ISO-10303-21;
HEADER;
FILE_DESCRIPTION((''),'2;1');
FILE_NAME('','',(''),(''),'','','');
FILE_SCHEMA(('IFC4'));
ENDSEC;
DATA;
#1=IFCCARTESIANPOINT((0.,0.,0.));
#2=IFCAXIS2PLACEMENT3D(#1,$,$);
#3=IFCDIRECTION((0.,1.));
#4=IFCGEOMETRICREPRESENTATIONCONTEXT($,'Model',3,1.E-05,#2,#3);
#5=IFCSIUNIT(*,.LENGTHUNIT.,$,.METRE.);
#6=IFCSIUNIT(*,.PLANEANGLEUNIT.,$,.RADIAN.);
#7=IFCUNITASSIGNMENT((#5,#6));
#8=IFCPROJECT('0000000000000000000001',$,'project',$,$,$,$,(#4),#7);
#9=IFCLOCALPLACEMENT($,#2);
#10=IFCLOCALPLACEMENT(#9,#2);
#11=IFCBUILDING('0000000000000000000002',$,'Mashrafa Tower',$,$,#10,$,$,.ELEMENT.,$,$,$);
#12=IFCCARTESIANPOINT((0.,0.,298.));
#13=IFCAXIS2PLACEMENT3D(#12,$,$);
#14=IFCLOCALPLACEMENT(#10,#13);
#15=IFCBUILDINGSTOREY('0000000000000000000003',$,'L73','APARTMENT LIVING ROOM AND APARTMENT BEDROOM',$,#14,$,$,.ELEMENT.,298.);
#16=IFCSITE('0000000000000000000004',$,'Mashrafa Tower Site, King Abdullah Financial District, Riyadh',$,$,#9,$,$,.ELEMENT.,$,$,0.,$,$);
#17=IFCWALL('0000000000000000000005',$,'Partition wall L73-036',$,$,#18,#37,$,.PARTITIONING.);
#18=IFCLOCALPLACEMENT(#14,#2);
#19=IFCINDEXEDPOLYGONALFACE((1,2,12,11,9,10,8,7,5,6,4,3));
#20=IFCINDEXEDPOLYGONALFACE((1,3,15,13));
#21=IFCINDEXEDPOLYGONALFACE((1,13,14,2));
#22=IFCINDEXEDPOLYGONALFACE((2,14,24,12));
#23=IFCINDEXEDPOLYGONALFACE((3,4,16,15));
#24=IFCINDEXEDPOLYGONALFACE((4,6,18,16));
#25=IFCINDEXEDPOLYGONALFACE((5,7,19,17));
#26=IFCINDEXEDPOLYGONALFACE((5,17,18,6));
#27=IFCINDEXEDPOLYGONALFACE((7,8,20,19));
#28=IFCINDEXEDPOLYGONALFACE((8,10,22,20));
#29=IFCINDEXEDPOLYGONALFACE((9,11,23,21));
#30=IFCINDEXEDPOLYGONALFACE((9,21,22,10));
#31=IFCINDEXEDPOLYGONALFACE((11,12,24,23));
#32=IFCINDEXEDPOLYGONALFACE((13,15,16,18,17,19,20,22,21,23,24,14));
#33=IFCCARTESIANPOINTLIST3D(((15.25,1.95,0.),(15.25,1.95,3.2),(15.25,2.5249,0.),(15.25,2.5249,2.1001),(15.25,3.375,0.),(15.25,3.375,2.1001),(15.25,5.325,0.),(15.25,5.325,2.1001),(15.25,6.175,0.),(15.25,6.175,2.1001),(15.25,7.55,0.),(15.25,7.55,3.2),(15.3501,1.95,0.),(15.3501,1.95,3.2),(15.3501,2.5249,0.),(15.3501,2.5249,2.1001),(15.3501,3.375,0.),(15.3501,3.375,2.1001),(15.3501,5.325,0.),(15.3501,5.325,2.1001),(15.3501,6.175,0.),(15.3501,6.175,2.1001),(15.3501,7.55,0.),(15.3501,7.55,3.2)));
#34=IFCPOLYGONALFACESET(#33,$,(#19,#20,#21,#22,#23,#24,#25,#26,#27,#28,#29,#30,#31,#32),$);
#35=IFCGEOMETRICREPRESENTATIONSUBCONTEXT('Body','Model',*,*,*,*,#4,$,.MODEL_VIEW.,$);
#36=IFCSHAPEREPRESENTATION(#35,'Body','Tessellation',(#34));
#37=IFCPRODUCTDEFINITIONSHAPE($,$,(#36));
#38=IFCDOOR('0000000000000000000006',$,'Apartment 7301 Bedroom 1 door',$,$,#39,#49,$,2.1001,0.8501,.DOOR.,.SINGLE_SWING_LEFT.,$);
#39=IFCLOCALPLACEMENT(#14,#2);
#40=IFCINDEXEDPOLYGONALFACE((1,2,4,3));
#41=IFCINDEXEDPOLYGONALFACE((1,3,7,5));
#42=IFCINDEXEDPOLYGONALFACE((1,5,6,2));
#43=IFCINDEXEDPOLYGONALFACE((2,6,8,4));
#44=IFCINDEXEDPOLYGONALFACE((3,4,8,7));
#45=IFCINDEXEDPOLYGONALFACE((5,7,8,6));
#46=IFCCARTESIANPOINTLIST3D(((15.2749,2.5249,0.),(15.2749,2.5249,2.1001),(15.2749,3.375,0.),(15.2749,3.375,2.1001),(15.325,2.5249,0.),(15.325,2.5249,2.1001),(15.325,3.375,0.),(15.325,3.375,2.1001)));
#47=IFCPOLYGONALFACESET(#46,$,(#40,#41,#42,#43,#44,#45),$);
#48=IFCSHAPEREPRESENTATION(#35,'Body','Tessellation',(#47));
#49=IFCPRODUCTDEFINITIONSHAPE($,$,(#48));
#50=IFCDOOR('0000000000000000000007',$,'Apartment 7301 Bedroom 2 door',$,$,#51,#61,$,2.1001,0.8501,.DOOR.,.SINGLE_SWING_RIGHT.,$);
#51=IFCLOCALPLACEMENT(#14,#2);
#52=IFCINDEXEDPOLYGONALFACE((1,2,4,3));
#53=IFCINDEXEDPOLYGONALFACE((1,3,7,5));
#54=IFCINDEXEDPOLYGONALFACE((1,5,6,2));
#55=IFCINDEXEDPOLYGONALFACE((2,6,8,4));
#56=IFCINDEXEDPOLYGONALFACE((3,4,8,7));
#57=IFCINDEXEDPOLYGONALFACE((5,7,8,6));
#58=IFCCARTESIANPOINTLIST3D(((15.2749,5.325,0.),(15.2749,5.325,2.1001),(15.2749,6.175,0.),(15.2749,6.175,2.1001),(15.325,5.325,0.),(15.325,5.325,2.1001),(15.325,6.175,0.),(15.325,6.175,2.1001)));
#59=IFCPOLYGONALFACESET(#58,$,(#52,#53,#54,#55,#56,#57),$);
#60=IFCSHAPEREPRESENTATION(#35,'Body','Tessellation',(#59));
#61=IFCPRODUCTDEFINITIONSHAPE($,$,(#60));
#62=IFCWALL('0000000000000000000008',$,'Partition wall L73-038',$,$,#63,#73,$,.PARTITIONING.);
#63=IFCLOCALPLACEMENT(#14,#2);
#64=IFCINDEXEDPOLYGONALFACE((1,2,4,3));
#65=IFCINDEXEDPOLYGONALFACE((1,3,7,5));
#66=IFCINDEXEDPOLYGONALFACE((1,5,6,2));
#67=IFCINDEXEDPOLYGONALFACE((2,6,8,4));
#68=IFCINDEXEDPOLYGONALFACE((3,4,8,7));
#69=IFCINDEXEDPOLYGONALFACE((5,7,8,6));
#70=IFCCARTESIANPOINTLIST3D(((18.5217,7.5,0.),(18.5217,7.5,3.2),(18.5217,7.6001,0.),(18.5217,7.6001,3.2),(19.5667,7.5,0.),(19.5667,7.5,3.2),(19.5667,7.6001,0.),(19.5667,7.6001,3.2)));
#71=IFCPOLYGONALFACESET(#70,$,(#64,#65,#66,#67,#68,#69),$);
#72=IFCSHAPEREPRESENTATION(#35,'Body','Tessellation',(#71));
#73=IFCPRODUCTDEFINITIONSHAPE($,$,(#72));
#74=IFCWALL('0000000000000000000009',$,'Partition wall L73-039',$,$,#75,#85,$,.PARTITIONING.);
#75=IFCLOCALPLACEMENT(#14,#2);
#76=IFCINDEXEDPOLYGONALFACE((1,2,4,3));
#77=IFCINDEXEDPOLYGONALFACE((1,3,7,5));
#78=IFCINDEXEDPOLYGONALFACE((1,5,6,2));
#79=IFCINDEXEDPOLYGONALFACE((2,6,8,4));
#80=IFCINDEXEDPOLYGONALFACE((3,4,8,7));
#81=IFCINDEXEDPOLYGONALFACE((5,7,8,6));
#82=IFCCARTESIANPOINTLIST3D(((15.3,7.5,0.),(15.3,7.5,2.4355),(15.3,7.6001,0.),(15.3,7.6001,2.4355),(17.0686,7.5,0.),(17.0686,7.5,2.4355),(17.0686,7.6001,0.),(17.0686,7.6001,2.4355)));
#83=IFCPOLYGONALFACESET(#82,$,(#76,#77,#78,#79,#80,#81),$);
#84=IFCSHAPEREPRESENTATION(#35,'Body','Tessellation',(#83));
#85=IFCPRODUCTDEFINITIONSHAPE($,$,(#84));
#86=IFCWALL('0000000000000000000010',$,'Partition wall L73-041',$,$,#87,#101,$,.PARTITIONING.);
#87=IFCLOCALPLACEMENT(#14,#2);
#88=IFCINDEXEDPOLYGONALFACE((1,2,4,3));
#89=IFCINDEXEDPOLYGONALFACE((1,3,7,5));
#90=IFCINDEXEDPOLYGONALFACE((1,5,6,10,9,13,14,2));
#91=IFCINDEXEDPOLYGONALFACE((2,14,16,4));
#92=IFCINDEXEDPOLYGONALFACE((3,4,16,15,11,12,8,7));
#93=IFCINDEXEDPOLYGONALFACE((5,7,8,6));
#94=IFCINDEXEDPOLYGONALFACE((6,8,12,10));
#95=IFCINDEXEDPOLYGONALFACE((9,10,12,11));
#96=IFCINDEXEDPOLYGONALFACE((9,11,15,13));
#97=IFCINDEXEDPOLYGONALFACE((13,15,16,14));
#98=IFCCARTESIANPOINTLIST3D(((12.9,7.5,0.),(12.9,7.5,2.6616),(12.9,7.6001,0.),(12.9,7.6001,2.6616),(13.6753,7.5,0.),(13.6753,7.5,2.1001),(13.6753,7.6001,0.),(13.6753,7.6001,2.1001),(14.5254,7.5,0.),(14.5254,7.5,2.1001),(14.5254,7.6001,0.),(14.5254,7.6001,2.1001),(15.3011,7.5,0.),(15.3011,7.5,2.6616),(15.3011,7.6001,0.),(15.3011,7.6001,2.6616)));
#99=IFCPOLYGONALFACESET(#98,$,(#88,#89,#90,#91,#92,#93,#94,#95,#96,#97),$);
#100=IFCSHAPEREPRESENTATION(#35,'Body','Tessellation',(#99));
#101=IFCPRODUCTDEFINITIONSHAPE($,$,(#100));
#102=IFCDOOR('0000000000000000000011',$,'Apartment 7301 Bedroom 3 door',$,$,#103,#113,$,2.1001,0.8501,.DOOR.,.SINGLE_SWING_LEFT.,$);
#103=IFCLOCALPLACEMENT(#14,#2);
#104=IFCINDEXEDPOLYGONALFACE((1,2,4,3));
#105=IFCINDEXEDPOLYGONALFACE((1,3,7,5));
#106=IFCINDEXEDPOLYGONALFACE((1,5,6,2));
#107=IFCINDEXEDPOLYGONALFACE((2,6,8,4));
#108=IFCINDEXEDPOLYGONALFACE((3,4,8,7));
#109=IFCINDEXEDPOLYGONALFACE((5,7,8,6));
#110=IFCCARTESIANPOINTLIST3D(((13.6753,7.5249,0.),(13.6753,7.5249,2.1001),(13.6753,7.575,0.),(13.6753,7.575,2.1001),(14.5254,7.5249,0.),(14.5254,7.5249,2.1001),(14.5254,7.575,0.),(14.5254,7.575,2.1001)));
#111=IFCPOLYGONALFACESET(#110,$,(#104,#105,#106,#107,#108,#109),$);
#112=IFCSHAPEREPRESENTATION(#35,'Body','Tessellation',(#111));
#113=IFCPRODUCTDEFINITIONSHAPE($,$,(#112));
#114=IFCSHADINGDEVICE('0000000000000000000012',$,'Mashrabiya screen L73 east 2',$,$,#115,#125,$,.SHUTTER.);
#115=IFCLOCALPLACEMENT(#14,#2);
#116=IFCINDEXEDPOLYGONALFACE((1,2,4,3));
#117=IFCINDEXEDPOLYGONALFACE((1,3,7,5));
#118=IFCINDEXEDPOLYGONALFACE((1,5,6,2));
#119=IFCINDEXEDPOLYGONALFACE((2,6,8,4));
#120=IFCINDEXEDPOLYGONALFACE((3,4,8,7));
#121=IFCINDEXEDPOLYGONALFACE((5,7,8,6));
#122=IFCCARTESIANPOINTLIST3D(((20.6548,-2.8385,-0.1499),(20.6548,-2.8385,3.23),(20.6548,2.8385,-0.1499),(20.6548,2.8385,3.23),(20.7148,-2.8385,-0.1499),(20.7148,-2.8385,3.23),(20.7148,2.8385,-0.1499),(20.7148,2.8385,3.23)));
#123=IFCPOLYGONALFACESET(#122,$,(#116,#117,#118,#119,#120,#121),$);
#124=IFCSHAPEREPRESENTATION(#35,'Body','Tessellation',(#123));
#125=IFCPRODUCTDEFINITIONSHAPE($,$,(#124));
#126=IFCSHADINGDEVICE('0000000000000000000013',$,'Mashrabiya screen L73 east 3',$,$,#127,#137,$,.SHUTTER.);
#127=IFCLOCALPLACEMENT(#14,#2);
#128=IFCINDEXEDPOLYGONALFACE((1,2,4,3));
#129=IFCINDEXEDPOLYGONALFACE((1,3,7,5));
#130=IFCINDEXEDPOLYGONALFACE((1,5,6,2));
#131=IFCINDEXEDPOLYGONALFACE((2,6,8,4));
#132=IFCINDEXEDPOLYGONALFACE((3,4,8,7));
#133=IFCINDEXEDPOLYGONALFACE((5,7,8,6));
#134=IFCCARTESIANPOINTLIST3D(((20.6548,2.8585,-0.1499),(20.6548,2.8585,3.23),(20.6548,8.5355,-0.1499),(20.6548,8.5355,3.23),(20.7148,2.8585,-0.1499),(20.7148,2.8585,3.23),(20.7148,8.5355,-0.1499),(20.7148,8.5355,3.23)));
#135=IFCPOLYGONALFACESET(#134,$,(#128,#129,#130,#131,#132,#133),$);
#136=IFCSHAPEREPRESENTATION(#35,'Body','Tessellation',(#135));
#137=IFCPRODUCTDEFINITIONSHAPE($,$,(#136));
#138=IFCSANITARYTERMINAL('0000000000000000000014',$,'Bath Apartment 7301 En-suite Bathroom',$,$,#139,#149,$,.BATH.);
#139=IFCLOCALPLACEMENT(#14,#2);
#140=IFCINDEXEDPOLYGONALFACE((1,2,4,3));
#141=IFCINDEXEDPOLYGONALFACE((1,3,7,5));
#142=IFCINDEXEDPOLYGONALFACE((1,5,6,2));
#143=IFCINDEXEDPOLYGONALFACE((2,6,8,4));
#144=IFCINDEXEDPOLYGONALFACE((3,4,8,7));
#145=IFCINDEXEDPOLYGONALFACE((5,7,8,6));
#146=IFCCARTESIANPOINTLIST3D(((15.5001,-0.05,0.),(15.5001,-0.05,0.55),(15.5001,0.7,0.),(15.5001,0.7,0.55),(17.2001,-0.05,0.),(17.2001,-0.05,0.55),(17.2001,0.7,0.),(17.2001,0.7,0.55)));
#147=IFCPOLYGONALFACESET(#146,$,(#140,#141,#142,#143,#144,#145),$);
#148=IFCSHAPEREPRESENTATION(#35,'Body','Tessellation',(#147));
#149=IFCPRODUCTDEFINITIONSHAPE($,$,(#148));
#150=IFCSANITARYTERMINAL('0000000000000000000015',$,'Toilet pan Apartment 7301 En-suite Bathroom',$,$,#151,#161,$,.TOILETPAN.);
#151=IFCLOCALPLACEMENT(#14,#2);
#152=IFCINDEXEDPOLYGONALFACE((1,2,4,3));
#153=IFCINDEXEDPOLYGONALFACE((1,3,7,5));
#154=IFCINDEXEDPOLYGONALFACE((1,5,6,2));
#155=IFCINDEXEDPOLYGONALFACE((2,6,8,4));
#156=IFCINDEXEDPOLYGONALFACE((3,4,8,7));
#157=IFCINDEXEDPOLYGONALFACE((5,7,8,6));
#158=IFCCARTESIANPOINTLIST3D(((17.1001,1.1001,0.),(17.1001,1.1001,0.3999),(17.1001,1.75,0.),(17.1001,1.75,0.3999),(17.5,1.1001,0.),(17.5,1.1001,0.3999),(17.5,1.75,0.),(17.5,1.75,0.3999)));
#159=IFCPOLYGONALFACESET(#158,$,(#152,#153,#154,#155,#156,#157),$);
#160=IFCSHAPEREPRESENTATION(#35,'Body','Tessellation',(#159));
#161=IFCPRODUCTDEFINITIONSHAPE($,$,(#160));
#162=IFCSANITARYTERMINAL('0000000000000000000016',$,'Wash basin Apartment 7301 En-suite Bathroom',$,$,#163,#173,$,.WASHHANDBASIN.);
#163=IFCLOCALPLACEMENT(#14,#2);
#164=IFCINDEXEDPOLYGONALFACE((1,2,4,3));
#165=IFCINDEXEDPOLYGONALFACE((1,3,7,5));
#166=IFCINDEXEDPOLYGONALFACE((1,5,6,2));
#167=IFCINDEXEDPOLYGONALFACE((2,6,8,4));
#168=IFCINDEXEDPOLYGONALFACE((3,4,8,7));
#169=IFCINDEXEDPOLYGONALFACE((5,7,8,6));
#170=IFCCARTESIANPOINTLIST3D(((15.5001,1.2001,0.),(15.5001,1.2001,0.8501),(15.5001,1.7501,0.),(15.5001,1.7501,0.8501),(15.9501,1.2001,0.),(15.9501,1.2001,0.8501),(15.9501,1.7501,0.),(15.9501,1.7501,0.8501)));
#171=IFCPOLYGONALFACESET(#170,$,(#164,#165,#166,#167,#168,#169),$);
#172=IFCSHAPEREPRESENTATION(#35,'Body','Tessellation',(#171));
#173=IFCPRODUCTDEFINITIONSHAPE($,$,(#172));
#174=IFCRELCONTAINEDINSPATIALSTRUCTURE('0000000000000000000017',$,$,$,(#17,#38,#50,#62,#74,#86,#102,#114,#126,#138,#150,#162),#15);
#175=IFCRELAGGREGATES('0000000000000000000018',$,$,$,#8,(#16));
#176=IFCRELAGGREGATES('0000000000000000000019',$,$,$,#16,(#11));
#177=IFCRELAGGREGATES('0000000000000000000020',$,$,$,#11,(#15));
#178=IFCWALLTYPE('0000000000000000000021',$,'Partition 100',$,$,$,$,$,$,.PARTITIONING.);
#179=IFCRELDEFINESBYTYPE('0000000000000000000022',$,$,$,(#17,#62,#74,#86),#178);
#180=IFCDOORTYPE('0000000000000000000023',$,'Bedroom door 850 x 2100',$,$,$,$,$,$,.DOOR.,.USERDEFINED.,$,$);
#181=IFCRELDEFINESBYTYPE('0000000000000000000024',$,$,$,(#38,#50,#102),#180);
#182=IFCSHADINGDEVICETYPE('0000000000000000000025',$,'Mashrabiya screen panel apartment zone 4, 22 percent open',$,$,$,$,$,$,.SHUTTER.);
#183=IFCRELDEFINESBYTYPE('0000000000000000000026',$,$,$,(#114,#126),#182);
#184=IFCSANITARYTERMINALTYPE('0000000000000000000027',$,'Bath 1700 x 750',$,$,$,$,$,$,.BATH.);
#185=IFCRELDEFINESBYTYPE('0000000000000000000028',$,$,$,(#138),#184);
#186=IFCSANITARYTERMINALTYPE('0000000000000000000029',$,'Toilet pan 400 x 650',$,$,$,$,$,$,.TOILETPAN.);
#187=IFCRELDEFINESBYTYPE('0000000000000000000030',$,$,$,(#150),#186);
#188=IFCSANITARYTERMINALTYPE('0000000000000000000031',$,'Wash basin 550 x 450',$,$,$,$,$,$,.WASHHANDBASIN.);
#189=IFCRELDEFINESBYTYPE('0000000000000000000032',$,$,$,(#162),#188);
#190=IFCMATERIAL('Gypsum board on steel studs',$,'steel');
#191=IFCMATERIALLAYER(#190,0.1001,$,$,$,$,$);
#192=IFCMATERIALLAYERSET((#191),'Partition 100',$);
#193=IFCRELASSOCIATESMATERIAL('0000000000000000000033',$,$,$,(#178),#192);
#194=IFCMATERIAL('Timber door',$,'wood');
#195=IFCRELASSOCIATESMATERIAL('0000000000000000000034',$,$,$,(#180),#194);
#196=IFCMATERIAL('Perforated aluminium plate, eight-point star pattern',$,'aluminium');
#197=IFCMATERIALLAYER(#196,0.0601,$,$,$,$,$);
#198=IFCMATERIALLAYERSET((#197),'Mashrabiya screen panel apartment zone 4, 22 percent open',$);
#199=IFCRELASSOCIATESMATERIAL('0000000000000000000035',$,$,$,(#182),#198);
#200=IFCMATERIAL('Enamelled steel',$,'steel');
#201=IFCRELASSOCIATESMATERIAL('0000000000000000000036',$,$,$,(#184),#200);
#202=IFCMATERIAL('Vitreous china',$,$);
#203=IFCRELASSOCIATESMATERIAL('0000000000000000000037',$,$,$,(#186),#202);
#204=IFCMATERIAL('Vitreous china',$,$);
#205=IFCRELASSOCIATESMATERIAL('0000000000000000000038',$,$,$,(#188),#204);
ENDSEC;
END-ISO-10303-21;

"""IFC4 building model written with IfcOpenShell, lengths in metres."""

from ifc_helpers import new_model, si_unit, direction, frame, frame_2d, origin, origin_2d, place, context, subcontext, project, spatial, rectangle, extrude, source, transform, mapped, material, layer, layer_set, type_object, type_shapes, element, fill, save


model = new_model("IFC4")

# Units and contexts
model_context = context("Model", 3, precision=1e-05, world=origin(), true_north=direction((0.0, 1.0)))
body_context = subcontext(model_context, "Body", "Model", "MODEL_VIEW")
ifc_project = project(units=[si_unit("LENGTHUNIT", "METRE"), si_unit("PLANEANGLEUNIT", "RADIAN")], contexts=[model_context])

# Site, building, storey
site_placement = place(None, origin())
site = spatial("IfcSite", under=ifc_project, at=site_placement, Name="Mashrafa Tower Site, King Abdullah Financial District, Riyadh", CompositionType="ELEMENT", RefElevation=0.0)
building_placement = place(site_placement, origin())
building = spatial("IfcBuilding", under=site, at=building_placement, Name="Mashrafa Tower", CompositionType="ELEMENT")
storey_placement = place(building_placement, frame((0.0, 0.0, 298.0)))
storey = spatial("IfcBuildingStorey", under=building, at=storey_placement, Name="L73", Description="APARTMENT LIVING ROOM AND APARTMENT BEDROOM", CompositionType="ELEMENT", Elevation=298.0)

# Shared definitions
ifc_material_1 = material(Name="Gypsum board on steel studs", Category="steel")
ifc_layer_1 = layer(ifc_material_1, 0.1001)
ifc_layer_set_1 = layer_set([ifc_layer_1], Name="Partition 100")
wall_type_1 = type_object("IfcWallType", Name="Partition 100", PredefinedType="PARTITIONING", material=ifc_layer_set_1)

# Wall, openings, doors
wall_1_placement = place(storey_placement, frame((15.3, 1.95, 0.0), z_axis=(0.0, 0.0, 1.0), x_axis=(0.0, 1.0, 0.0)))
wall_1 = element("IfcWall", 1, at=wall_1_placement, inside=storey, type_object=wall_type_1, Name="Partition wall L73-036", PredefinedType="PARTITIONING", context=body_context, shape_type="SweptSolid", body=[
    extrude(rectangle(XDim=5.6001, YDim=0.1001, at=frame_2d((2.8, 0.0))), origin(), (0.0, 0.0, 1.0), 3.2),
])
opening_1_placement = place(wall_1_placement, frame((0.575, 0.0, 0.0)))
opening_1 = element("IfcOpeningElement", 2, at=opening_1_placement, cuts=wall_1, PredefinedType="OPENING", context=body_context, shape_type="SweptSolid", body=[
    extrude(rectangle(XDim=0.8501, YDim=2.1001, at=frame_2d((0.425, 1.05))), frame((0.0, 0.0601, 0.0), z_axis=(0.0, -1.0, 0.0), x_axis=(1.0, 0.0, 0.0)), (0.0, 0.0, 1.0), 0.1201),
])
opening_2_placement = place(wall_1_placement, frame((3.375, 0.0, 0.0)))
opening_2 = element("IfcOpeningElement", 3, at=opening_2_placement, cuts=wall_1, PredefinedType="OPENING", context=body_context, shape_type="SweptSolid", body=[
    extrude(rectangle(XDim=0.8501, YDim=2.1001, at=frame_2d((0.425, 1.05))), frame((0.0, 0.0601, 0.0), z_axis=(0.0, -1.0, 0.0), x_axis=(1.0, 0.0, 0.0)), (0.0, 0.0, 1.0), 0.1201),
])
ifc_material_2 = material(Name="Timber door", Category="wood")
door_type_1 = type_object("IfcDoorType", Name="Bedroom door 850 x 2100", OperationType="USERDEFINED", PredefinedType="DOOR", material=ifc_material_2)
door_1_placement = place(opening_1_placement, frame((0.8501, 0.0, 0.0), z_axis=(0.0, 0.0, 1.0), x_axis=(-1.0, 0.0, 0.0)))
door_1 = element("IfcDoor", 4, at=door_1_placement, inside=storey, type_object=door_type_1, Name="Apartment 7301 Bedroom 1 door", OperationType="SINGLE_SWING_LEFT", OverallHeight=2.1001, OverallWidth=0.8501, PredefinedType="DOOR", context=body_context, shape_type="SweptSolid", body=[
    extrude(rectangle(XDim=0.8501, YDim=2.1001, at=frame_2d((0.425, 1.05))), frame((0.0, 0.0249, 0.0), z_axis=(0.0, -1.0, 0.0), x_axis=(1.0, 0.0, 0.0)), (0.0, 0.0, 1.0), 0.05),
])
fill(opening_1, door_1)
door_2_placement = place(opening_2_placement, frame((0.8501, 0.0, 0.0), z_axis=(0.0, 0.0, 1.0), x_axis=(-1.0, 0.0, 0.0)))
door_2 = element("IfcDoor", 5, at=door_2_placement, inside=storey, type_object=door_type_1, Name="Apartment 7301 Bedroom 2 door", OperationType="SINGLE_SWING_RIGHT", OverallHeight=2.1001, OverallWidth=0.8501, PredefinedType="DOOR", context=body_context, shape_type="SweptSolid", body=[
    extrude(rectangle(XDim=0.8501, YDim=2.1001, at=frame_2d((0.425, 1.05))), frame((0.0, 0.0249, 0.0), z_axis=(0.0, -1.0, 0.0), x_axis=(1.0, 0.0, 0.0)), (0.0, 0.0, 1.0), 0.05),
])
fill(opening_2, door_2)

# Walls
wall_2_placement = place(storey_placement, frame((19.5667, 7.55, 0.0), z_axis=(0.0, 0.0, 1.0), x_axis=(-1.0, 0.0, 0.0)))
element("IfcWall", 6, at=wall_2_placement, inside=storey, type_object=wall_type_1, Name="Partition wall L73-038", PredefinedType="PARTITIONING", context=body_context, shape_type="SweptSolid", body=[
    extrude(rectangle(XDim=1.0449, YDim=0.1001, at=frame_2d((0.5225, 0.0))), origin(), (0.0, 0.0, 1.0), 3.2),
])
wall_3_placement = place(storey_placement, frame((17.0686, 7.55, 0.0), z_axis=(0.0, 0.0, 1.0), x_axis=(-1.0, 0.0, 0.0)))
element("IfcWall", 7, at=wall_3_placement, inside=storey, type_object=wall_type_1, Name="Partition wall L73-039", PredefinedType="PARTITIONING", context=body_context, shape_type="SweptSolid", body=[
    extrude(rectangle(XDim=1.7686, YDim=0.1001, at=frame_2d((0.8843, 0.0))), origin(), (0.0, 0.0, 1.0), 2.4355),
])

# Wall, opening, door
wall_4_placement = place(storey_placement, frame((12.8999, 7.55, 0.0), z_axis=(0.0, 0.0, 1.0), x_axis=(1.0, 0.0, 0.0)))
wall_4 = element("IfcWall", 8, at=wall_4_placement, inside=storey, type_object=wall_type_1, Name="Partition wall L73-041", PredefinedType="PARTITIONING", context=body_context, shape_type="SweptSolid", body=[
    extrude(rectangle(XDim=2.4011, YDim=0.1001, at=frame_2d((1.2007, 0.0))), origin(), (0.0, 0.0, 1.0), 2.6616),
])
opening_3_placement = place(wall_4_placement, frame((0.7754, 0.0, 0.0)))
opening_3 = element("IfcOpeningElement", 9, at=opening_3_placement, cuts=wall_4, PredefinedType="OPENING", context=body_context, shape_type="SweptSolid", body=[
    extrude(rectangle(XDim=0.8501, YDim=2.1001, at=frame_2d((0.425, 1.05))), frame((0.0, 0.0601, 0.0), z_axis=(0.0, -1.0, 0.0), x_axis=(1.0, 0.0, 0.0)), (0.0, 0.0, 1.0), 0.1201),
])
door_3_placement = place(opening_3_placement, origin())
door_3 = element("IfcDoor", 10, at=door_3_placement, inside=storey, type_object=door_type_1, Name="Apartment 7301 Bedroom 3 door", OperationType="SINGLE_SWING_LEFT", OverallHeight=2.1001, OverallWidth=0.8501, PredefinedType="DOOR", context=body_context, shape_type="SweptSolid", body=[
    extrude(rectangle(XDim=0.8501, YDim=2.1001, at=frame_2d((0.425, 1.05))), frame((0.0, 0.0249, 0.0), z_axis=(0.0, -1.0, 0.0), x_axis=(1.0, 0.0, 0.0)), (0.0, 0.0, 1.0), 0.05),
])
fill(opening_3, door_3)

# Shading devices
ifc_material_3 = material(Name="Perforated aluminium plate, eight-point star pattern", Category="aluminium")
ifc_layer_2 = layer(ifc_material_3, 0.0601)
ifc_layer_set_2 = layer_set([ifc_layer_2], Name="Mashrabiya screen panel apartment zone 4, 22 percent open")
shading_device_type = type_object("IfcShadingDeviceType", Name="Mashrabiya screen panel apartment zone 4, 22 percent open", PredefinedType="SHUTTER", material=ifc_layer_set_2)
shared_shape_1 = source(origin(), body_context, "Body", "SweptSolid", [
    extrude(rectangle(XDim=5.677, YDim=0.0601, at=origin_2d()), origin(), (0.0, 0.0, 1.0), 3.3799),
])
type_shapes(shading_device_type, [shared_shape_1])
for number, where, z_axis, x_axis, name in (
    (11, (20.6848, 0.0, -0.1499), (0.0, 0.0, 1.0), (0.0, 1.0, 0.0), "Mashrabiya screen L73 east 2"),
    (12, (20.6848, 5.697, -0.1499), (0.0, 0.0, 1.0), (0.0, 1.0, 0.0), "Mashrabiya screen L73 east 3"),
):
    element("IfcShadingDevice", number, at=place(storey_placement, frame(where, z_axis=z_axis, x_axis=x_axis)), inside=storey, type_object=shading_device_type, Name=name, PredefinedType="SHUTTER", context=body_context, shape_type="MappedRepresentation", body=[
        mapped(shared_shape_1, transform((0.0, 0.0, 0.0))),
    ])

# Sanitary terminals
ifc_material_4 = material(Name="Enamelled steel", Category="steel")
sanitary_terminal_type_1 = type_object("IfcSanitaryTerminalType", Name="Bath 1700 x 750", PredefinedType="BATH", material=ifc_material_4)
sanitary_terminal_1_placement = place(storey_placement, frame((16.3501, 0.325, 0.0), z_axis=(0.0, 0.0, 1.0), x_axis=(1.0, 0.0, 0.0)))
element("IfcSanitaryTerminal", 13, at=sanitary_terminal_1_placement, inside=storey, type_object=sanitary_terminal_type_1, Name="Bath Apartment 7301 En-suite Bathroom", PredefinedType="BATH", context=body_context, shape_type="SweptSolid", body=[
    extrude(rectangle(XDim=1.7, YDim=0.75, at=origin_2d()), origin(), (0.0, 0.0, 1.0), 0.55),
])
ifc_material_5 = material(Name="Vitreous china")
sanitary_terminal_type_2 = type_object("IfcSanitaryTerminalType", Name="Toilet pan 400 x 650", PredefinedType="TOILETPAN", material=ifc_material_5)
sanitary_terminal_2_placement = place(storey_placement, frame((17.3, 1.425, 0.0), z_axis=(0.0, 0.0, 1.0), x_axis=(-1.0, 0.0, 0.0)))
element("IfcSanitaryTerminal", 14, at=sanitary_terminal_2_placement, inside=storey, type_object=sanitary_terminal_type_2, Name="Toilet pan Apartment 7301 En-suite Bathroom", PredefinedType="TOILETPAN", context=body_context, shape_type="SweptSolid", body=[
    extrude(rectangle(XDim=0.3999, YDim=0.6499, at=origin_2d()), origin(), (0.0, 0.0, 1.0), 0.3999),
])
ifc_material_6 = material(Name="Vitreous china")
sanitary_terminal_type_3 = type_object("IfcSanitaryTerminalType", Name="Wash basin 550 x 450", PredefinedType="WASHHANDBASIN", material=ifc_material_6)
sanitary_terminal_3_placement = place(storey_placement, frame((15.7251, 1.4751, 0.0), z_axis=(0.0, 0.0, 1.0), x_axis=(0.0, -1.0, 0.0)))
element("IfcSanitaryTerminal", 15, at=sanitary_terminal_3_placement, inside=storey, type_object=sanitary_terminal_type_3, Name="Wash basin Apartment 7301 En-suite Bathroom", PredefinedType="WASHHANDBASIN", context=body_context, shape_type="SweptSolid", body=[
    extrude(rectangle(XDim=0.55, YDim=0.45, at=origin_2d()), origin(), (0.0, 0.0, 1.0), 0.8501),
])

save(model, "model.ifc")
